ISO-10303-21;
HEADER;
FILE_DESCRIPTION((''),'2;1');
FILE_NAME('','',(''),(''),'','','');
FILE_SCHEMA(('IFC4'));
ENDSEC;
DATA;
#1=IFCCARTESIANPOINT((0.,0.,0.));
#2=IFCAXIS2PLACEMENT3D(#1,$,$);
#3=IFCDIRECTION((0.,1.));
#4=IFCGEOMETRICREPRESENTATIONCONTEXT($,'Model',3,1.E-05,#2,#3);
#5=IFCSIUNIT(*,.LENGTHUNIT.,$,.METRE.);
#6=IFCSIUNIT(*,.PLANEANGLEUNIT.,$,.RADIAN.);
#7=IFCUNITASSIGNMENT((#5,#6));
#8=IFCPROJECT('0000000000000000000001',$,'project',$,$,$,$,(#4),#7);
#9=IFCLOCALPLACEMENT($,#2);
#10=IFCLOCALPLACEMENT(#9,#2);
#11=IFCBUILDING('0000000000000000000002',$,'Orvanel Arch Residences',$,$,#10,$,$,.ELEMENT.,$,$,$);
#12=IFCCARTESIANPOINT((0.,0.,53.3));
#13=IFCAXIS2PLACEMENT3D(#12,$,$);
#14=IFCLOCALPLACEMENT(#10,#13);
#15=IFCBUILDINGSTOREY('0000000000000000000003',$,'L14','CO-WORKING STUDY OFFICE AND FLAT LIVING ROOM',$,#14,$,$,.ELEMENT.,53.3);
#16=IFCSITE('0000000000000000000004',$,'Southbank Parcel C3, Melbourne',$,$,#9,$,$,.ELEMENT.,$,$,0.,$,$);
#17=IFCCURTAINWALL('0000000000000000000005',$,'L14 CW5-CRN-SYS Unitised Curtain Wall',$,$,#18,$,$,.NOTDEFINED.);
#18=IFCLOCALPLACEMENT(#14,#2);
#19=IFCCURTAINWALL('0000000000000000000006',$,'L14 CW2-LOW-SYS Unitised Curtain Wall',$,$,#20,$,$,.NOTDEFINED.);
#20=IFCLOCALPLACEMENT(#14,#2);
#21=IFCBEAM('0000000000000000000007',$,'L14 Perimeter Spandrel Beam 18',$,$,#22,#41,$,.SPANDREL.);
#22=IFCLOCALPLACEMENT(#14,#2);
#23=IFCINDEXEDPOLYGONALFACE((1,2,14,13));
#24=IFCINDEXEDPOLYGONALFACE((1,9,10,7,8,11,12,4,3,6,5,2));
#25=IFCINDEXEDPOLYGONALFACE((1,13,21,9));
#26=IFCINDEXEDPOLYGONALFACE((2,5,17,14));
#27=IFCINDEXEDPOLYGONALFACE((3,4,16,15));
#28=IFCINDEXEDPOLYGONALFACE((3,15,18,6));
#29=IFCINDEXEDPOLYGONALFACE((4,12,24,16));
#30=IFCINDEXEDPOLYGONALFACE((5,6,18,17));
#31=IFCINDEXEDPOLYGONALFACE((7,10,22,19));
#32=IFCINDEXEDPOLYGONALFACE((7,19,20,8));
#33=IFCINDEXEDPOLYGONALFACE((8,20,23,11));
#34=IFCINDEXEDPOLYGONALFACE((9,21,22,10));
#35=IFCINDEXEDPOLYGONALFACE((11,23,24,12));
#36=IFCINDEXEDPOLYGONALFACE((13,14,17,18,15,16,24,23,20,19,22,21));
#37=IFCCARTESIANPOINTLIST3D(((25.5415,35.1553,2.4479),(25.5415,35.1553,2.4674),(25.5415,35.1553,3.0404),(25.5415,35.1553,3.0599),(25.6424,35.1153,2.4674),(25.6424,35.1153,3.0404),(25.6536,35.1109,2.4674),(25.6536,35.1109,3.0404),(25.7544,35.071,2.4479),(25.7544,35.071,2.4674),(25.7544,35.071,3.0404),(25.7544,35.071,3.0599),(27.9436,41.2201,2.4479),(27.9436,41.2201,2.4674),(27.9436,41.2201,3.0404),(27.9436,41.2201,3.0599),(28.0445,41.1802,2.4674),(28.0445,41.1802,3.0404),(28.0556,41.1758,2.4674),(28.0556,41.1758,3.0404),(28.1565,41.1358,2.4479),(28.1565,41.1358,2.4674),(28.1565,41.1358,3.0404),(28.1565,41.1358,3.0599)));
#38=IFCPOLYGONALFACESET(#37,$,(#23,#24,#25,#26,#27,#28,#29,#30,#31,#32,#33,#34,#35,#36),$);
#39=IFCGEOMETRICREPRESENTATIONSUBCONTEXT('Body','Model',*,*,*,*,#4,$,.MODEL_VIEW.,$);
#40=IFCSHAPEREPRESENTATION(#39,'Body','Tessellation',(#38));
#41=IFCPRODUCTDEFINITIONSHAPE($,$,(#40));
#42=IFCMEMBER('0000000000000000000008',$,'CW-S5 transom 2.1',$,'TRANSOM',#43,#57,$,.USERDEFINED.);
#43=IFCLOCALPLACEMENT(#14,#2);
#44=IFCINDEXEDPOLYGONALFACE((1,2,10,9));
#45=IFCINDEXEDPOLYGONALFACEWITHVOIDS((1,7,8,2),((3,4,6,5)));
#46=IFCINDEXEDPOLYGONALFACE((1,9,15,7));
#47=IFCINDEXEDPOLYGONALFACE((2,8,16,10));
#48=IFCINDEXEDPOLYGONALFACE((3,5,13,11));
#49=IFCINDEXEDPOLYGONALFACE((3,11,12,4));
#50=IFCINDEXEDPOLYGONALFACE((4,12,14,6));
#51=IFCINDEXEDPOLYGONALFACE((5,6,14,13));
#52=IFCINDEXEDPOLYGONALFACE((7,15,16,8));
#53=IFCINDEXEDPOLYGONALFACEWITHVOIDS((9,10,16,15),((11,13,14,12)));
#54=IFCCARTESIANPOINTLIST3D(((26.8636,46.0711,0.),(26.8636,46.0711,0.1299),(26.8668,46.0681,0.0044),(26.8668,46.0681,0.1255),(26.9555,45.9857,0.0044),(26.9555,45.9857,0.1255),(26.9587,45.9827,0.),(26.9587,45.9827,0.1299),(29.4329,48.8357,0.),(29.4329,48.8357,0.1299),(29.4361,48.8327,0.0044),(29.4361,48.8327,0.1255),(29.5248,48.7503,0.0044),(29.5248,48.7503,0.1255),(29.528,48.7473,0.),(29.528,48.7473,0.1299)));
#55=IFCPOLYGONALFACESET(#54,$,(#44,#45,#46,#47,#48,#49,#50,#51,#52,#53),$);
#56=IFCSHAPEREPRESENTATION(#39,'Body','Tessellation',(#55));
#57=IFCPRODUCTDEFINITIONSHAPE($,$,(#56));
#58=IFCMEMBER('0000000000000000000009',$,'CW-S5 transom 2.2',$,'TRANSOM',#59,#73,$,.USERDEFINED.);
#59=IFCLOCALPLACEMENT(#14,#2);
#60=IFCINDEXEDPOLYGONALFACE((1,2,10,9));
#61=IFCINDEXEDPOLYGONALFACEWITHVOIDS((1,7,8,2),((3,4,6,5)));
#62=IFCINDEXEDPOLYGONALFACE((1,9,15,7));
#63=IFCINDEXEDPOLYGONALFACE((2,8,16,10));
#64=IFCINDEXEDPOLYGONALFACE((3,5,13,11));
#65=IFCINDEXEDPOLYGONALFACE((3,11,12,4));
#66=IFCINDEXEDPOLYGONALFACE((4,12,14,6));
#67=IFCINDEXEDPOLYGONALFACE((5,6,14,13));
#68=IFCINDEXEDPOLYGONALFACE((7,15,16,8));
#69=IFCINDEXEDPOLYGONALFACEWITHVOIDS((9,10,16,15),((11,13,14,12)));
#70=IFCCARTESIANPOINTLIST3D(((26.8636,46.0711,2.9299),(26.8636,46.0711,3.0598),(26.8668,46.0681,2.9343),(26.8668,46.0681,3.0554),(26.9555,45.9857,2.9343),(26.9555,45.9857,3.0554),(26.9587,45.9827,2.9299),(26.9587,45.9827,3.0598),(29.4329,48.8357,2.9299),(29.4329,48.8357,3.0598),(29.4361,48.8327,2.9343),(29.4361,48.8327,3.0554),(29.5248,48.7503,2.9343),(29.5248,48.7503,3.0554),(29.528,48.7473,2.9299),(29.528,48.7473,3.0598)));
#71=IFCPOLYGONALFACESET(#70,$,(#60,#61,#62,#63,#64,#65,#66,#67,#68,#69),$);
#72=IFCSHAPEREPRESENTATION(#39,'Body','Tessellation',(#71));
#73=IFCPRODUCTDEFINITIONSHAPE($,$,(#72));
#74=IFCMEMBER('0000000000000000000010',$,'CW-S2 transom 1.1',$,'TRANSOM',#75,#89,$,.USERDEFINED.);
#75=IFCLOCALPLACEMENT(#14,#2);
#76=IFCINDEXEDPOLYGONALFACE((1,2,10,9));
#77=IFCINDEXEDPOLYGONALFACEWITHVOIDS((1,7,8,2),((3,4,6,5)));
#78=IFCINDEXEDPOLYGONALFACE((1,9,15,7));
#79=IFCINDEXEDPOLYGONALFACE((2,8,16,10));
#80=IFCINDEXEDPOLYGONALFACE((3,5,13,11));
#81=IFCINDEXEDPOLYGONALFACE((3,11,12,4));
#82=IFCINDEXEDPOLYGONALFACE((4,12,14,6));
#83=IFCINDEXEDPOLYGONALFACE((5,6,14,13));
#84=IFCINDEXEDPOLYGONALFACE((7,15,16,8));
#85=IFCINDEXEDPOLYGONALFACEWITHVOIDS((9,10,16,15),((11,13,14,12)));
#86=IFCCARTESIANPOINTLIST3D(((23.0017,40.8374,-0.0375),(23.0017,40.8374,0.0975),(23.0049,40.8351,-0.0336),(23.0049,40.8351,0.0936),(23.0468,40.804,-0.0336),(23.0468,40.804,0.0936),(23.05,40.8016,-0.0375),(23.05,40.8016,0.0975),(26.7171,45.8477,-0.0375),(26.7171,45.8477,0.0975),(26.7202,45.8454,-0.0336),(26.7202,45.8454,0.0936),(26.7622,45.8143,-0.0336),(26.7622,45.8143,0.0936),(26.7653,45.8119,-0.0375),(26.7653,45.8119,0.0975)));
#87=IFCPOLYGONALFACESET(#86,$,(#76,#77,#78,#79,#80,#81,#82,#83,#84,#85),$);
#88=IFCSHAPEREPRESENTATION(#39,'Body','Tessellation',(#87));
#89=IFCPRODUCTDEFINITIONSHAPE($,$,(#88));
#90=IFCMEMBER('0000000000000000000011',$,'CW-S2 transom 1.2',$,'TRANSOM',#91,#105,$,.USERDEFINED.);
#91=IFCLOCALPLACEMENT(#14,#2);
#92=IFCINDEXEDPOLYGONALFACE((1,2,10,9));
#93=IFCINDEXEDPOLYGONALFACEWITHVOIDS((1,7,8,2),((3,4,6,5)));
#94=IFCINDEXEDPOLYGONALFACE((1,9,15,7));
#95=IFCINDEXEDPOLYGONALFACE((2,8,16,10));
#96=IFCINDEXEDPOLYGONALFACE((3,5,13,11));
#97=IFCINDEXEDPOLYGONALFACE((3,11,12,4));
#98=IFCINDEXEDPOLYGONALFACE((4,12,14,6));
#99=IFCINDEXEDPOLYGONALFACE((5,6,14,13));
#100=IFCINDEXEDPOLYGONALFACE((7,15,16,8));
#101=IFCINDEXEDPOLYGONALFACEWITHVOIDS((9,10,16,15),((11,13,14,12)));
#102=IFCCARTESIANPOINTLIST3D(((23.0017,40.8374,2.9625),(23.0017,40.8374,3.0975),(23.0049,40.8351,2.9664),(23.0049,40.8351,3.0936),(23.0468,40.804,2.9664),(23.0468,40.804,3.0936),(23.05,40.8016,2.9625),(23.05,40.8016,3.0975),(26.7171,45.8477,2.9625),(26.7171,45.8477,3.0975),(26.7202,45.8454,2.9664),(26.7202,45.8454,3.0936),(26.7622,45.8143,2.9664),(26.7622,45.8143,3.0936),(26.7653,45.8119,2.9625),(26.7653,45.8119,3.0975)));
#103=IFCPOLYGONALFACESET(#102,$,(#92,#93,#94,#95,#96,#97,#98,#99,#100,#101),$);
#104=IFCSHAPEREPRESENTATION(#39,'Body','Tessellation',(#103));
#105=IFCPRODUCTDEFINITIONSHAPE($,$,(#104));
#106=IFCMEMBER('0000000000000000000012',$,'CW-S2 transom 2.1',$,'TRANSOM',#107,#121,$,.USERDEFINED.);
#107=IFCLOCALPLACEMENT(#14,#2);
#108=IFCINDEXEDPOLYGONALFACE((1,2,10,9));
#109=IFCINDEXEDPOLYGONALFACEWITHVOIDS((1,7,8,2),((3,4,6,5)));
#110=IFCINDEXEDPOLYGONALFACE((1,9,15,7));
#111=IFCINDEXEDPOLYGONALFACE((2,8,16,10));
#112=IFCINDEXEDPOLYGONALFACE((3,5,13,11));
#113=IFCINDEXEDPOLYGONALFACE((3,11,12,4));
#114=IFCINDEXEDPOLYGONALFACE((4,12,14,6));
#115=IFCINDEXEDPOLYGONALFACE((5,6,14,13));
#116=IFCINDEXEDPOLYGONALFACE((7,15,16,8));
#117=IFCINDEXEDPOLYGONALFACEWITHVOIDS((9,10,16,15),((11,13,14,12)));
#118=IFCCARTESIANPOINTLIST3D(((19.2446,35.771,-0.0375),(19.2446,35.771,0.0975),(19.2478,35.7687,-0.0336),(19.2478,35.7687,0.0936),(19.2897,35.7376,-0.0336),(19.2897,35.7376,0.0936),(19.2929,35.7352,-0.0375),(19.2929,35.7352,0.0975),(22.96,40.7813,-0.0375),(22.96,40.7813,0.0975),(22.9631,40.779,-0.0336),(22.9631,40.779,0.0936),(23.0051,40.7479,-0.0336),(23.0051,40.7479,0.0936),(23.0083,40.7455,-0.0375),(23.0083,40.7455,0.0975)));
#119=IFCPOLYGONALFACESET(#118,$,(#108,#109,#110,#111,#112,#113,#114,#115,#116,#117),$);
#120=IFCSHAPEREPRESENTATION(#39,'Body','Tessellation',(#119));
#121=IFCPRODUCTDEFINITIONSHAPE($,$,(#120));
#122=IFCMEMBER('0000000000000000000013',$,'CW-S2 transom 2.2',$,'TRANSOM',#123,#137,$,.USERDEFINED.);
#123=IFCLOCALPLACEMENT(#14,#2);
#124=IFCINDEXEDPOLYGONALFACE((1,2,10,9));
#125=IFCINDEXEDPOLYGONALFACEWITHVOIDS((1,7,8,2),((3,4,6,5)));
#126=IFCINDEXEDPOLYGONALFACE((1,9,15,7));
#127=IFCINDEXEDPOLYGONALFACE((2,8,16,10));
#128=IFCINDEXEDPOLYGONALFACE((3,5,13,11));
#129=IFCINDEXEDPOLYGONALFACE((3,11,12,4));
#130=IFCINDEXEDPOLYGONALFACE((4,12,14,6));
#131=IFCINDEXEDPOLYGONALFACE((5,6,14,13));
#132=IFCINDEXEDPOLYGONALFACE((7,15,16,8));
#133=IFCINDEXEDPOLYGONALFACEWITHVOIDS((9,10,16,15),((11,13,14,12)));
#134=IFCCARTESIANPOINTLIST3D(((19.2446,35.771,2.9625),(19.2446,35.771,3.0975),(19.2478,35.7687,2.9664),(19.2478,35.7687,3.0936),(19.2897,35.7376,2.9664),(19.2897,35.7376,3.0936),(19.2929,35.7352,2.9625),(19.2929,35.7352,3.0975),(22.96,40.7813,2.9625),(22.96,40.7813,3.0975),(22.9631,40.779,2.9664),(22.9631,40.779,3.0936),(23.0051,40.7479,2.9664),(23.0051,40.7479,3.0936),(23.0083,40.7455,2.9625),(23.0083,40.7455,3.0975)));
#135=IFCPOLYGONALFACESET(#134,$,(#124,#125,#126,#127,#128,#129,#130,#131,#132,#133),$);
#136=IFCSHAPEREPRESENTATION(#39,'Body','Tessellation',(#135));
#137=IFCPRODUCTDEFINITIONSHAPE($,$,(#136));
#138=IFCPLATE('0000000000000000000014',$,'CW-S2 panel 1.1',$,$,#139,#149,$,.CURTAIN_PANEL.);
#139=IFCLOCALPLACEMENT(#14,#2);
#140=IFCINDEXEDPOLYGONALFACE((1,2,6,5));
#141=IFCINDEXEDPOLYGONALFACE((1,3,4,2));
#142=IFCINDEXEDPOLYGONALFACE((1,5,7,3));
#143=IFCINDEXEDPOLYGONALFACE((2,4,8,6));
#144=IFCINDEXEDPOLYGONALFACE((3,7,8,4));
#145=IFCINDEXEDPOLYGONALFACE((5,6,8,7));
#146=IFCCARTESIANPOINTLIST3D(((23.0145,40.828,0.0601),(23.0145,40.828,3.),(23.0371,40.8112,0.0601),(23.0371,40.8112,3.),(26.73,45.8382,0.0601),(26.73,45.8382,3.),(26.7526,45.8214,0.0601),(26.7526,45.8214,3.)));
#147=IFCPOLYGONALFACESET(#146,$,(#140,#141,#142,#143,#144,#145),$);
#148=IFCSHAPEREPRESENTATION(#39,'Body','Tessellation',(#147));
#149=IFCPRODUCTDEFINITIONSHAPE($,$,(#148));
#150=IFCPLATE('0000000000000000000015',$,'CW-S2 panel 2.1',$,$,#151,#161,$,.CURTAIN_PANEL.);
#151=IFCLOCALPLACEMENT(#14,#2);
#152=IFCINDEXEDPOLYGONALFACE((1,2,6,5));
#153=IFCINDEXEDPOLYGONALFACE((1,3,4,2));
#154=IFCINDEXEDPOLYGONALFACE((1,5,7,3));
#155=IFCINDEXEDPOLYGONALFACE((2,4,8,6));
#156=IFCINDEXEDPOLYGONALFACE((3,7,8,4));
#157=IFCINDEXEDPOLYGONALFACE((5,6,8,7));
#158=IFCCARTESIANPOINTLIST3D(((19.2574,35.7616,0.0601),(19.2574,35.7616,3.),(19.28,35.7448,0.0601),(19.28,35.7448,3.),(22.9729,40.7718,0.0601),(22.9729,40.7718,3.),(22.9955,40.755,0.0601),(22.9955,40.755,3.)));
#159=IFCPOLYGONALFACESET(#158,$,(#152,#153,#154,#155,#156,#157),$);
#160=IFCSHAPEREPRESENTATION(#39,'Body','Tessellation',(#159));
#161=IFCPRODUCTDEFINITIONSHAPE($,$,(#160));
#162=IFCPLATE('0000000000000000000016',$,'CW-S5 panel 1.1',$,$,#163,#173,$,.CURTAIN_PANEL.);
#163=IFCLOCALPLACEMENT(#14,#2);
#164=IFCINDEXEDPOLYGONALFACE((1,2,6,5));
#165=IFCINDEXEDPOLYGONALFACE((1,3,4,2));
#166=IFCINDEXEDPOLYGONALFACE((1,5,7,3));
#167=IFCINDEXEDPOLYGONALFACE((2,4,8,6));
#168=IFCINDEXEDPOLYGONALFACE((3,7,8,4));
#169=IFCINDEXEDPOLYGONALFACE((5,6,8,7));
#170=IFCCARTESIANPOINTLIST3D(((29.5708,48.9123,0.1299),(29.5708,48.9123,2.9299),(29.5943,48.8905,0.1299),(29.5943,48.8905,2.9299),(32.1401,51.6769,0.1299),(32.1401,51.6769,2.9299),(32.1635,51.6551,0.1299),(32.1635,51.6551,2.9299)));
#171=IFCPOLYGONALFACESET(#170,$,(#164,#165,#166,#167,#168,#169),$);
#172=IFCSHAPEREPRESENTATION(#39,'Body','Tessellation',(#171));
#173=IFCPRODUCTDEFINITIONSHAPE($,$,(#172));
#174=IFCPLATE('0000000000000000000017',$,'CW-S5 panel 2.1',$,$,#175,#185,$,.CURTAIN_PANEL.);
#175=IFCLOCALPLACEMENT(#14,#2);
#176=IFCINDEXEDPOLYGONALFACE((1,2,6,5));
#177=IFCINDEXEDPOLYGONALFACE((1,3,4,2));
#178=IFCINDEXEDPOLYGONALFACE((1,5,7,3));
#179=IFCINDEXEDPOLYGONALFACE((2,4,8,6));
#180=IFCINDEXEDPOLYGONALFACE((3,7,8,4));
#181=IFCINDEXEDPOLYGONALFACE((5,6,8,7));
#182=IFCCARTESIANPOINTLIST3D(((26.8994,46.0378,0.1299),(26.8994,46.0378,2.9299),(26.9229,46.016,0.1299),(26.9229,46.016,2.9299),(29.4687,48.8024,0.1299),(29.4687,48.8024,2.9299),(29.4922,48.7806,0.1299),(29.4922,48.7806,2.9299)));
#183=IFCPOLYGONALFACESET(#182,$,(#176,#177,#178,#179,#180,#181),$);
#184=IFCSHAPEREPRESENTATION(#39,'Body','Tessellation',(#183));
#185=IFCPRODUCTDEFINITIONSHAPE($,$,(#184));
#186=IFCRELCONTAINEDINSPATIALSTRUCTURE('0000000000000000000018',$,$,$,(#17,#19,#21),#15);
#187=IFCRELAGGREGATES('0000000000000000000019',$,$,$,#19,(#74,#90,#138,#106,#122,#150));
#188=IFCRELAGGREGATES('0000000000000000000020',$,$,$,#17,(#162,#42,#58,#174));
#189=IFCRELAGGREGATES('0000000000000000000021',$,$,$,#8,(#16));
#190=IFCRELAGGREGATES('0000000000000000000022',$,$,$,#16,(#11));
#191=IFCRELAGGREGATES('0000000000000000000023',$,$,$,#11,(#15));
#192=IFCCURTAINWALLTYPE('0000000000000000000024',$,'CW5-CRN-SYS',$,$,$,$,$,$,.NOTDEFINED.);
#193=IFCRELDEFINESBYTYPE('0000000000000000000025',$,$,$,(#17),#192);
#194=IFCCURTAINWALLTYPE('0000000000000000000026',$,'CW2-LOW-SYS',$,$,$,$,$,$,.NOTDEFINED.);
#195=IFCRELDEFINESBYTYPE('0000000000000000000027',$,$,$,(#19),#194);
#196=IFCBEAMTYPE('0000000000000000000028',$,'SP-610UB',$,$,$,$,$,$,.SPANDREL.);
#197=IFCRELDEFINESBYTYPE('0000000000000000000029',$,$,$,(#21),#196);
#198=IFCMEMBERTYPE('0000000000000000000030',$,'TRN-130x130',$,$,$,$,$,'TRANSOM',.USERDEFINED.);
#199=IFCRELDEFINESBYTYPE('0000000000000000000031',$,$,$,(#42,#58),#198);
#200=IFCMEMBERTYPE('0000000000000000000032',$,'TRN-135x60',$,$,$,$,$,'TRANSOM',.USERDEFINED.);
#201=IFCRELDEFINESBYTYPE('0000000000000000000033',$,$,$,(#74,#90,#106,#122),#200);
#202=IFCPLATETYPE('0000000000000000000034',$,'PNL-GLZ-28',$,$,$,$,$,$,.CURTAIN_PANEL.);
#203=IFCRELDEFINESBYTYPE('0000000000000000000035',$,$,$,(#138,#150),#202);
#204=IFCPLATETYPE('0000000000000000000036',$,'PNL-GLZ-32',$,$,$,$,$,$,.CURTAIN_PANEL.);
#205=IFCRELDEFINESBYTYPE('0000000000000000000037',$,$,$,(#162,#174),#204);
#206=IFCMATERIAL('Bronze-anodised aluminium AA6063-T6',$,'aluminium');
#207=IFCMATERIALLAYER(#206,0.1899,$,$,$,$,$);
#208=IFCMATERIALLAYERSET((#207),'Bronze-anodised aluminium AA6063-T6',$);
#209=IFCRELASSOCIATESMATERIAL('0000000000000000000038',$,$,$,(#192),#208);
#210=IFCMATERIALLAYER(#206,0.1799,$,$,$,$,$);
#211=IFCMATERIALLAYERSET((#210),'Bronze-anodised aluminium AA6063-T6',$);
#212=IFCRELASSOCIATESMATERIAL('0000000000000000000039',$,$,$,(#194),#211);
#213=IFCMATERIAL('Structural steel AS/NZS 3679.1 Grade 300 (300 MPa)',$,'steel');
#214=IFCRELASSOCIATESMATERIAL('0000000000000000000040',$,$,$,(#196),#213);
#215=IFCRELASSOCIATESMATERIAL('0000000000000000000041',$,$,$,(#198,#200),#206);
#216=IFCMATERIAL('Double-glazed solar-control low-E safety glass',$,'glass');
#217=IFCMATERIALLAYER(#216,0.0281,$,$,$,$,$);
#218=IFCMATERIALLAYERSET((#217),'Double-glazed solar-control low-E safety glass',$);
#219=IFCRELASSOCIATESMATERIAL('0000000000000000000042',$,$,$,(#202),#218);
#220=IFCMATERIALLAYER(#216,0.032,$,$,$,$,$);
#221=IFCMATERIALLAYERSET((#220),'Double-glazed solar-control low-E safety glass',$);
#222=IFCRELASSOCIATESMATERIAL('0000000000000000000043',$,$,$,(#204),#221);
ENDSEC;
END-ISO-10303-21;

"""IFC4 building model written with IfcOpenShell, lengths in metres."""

from ifc_helpers import new_model, si_unit, direction, frame, origin, origin_2d, place, context, subcontext, project, spatial, rectangle, hollow_rectangle, i_section, extrude, material, layer, layer_set, material_profile, profile_set, type_object, element, aggregate, save


model = new_model("IFC4")

# Units and contexts
model_context = context("Model", 3, precision=1e-05, world=origin(), true_north=direction((0.0, 1.0)))
body_context = subcontext(model_context, "Body", "Model", "MODEL_VIEW")
ifc_project = project(units=[si_unit("LENGTHUNIT", "METRE"), si_unit("PLANEANGLEUNIT", "RADIAN")], contexts=[model_context])

# Site, building, storey
site_placement = place(None, origin())
site = spatial("IfcSite", under=ifc_project, at=site_placement, Name="Southbank Parcel C3, Melbourne", CompositionType="ELEMENT", RefElevation=0.0)
building_placement = place(site_placement, origin())
building = spatial("IfcBuilding", under=site, at=building_placement, Name="Orvanel Arch Residences", CompositionType="ELEMENT")
storey_placement = place(building_placement, frame((0.0, 0.0, 53.3)))
storey = spatial("IfcBuildingStorey", under=building, at=storey_placement, Name="L14", Description="CO-WORKING STUDY OFFICE AND FLAT LIVING ROOM", CompositionType="ELEMENT", Elevation=53.3)

# Shared definitions
ifc_material_1 = material(Name="Structural steel AS/NZS 3679.1 Grade 300 (300 MPa)", Category="steel")

# Curtain walls
ifc_material_2 = material(Name="Bronze-anodised aluminium AA6063-T6", Category="aluminium")
ifc_layer_1 = layer(ifc_material_2, 0.1899)
ifc_layer_set_1 = layer_set([ifc_layer_1], Name="Bronze-anodised aluminium AA6063-T6")
curtain_wall_type_1 = type_object("IfcCurtainWallType", Name="CW5-CRN-SYS", PredefinedType="NOTDEFINED", material=ifc_layer_set_1)
curtain_wall_1_placement = place(storey_placement, origin())
curtain_wall_1 = element("IfcCurtainWall", 1, at=curtain_wall_1_placement, inside=storey, type_object=curtain_wall_type_1, Name="L14 CW5-CRN-SYS Unitised Curtain Wall", PredefinedType="NOTDEFINED")
ifc_layer_2 = layer(ifc_material_2, 0.1799)
ifc_layer_set_2 = layer_set([ifc_layer_2], Name="Bronze-anodised aluminium AA6063-T6")
curtain_wall_type_2 = type_object("IfcCurtainWallType", Name="CW2-LOW-SYS", PredefinedType="NOTDEFINED", material=ifc_layer_set_2)
curtain_wall_2_placement = place(storey_placement, origin())
curtain_wall_2 = element("IfcCurtainWall", 2, at=curtain_wall_2_placement, inside=storey, type_object=curtain_wall_type_2, Name="L14 CW2-LOW-SYS Unitised Curtain Wall", PredefinedType="NOTDEFINED")

# Beam
ifc_material_profile_1 = material_profile(ifc_material_1, i_section(OverallWidth=0.229, OverallDepth=0.6121, WebThickness=0.012, FlangeThickness=0.0195, at=origin_2d()), Name="610UB125")
ifc_profile_set_1 = profile_set([ifc_material_profile_1], Name="Structural steel AS/NZS 3679.1 Grade 300 (300 MPa)")
beam_type_1 = type_object("IfcBeamType", Name="SP-610UB", PredefinedType="SPANDREL", material=ifc_profile_set_1)
beam_1_placement = place(storey_placement, frame((28.05, 41.178, 2.7539), z_axis=(-0.368233, -0.929733, 0.0), x_axis=(0.929733, -0.368233, 0.0)))
element("IfcBeam", 3, at=beam_1_placement, inside=storey, type_object=beam_type_1, Name="L14 Perimeter Spandrel Beam 18", PredefinedType="SPANDREL", context=body_context, shape_type="SweptSolid", body=[
    extrude(i_section(OverallWidth=0.229, OverallDepth=0.6121, WebThickness=0.012, FlangeThickness=0.0195, at=origin_2d()), origin(), (0.0, 0.0, 1.0), 6.5232),
])

# Members
ifc_material_profile_2 = material_profile(ifc_material_2, hollow_rectangle(XDim=0.1299, YDim=0.1299, WallThickness=0.0044, at=origin_2d()), Name="ALU130x130x4.5")
ifc_profile_set_2 = profile_set([ifc_material_profile_2], Name="Bronze-anodised aluminium AA6063-T6")
member_type_1 = type_object("IfcMemberType", Name="TRN-130x130", ElementType="TRANSOM", PredefinedType="USERDEFINED", material=ifc_profile_set_2)
member_1_placement = place(storey_placement, frame((29.4805, 48.7915, 0.0649), z_axis=(-0.680759, -0.732508, 0.0), x_axis=(0.732508, -0.680759, 0.0)))
member_1 = element("IfcMember", 4, at=member_1_placement, type_object=member_type_1, Name="CW-S5 transom 2.1", ObjectType="TRANSOM", PredefinedType="USERDEFINED", context=body_context, shape_type="SweptSolid", body=[
    extrude(hollow_rectangle(XDim=0.1299, YDim=0.1299, WallThickness=0.0044, at=origin_2d()), origin(), (0.0, 0.0, 1.0), 3.7742),
])
member_2_placement = place(storey_placement, frame((29.4805, 48.7915, 2.9949), z_axis=(-0.680759, -0.732508, 0.0), x_axis=(0.732508, -0.680759, 0.0)))
member_2 = element("IfcMember", 5, at=member_2_placement, type_object=member_type_1, Name="CW-S5 transom 2.2", ObjectType="TRANSOM", PredefinedType="USERDEFINED", context=body_context, shape_type="SweptSolid", body=[
    extrude(hollow_rectangle(XDim=0.1299, YDim=0.1299, WallThickness=0.0044, at=origin_2d()), origin(), (0.0, 0.0, 1.0), 3.7742),
])
ifc_material_profile_3 = material_profile(ifc_material_2, hollow_rectangle(XDim=0.0601, YDim=0.135, WallThickness=0.0039, at=origin_2d()), Name="ALU135x60x4")
ifc_profile_set_3 = profile_set([ifc_material_profile_3], Name="Bronze-anodised aluminium AA6063-T6")
member_type_2 = type_object("IfcMemberType", Name="TRN-135x60", ElementType="TRANSOM", PredefinedType="USERDEFINED", material=ifc_profile_set_3)
member_3_placement = place(storey_placement, frame((26.7412, 45.8298, 0.03), z_axis=(-0.595645, -0.803248, 0.0), x_axis=(0.803248, -0.595645, 0.0)))
member_3 = element("IfcMember", 6, at=member_3_placement, type_object=member_type_2, Name="CW-S2 transom 1.1", ObjectType="TRANSOM", PredefinedType="USERDEFINED", context=body_context, shape_type="SweptSolid", body=[
    extrude(hollow_rectangle(XDim=0.0601, YDim=0.135, WallThickness=0.0039, at=origin_2d()), origin(), (0.0, 0.0, 1.0), 6.2375),
])
member_4_placement = place(storey_placement, frame((26.7412, 45.8298, 3.03), z_axis=(-0.595645, -0.803248, 0.0), x_axis=(0.803248, -0.595645, 0.0)))
member_4 = element("IfcMember", 7, at=member_4_placement, type_object=member_type_2, Name="CW-S2 transom 1.2", ObjectType="TRANSOM", PredefinedType="USERDEFINED", context=body_context, shape_type="SweptSolid", body=[
    extrude(hollow_rectangle(XDim=0.0601, YDim=0.135, WallThickness=0.0039, at=origin_2d()), origin(), (0.0, 0.0, 1.0), 6.2375),
])
member_5_placement = place(storey_placement, frame((22.9841, 40.7634, 0.03), z_axis=(-0.595645, -0.803248, 0.0), x_axis=(0.803248, -0.595645, 0.0)))
member_5 = element("IfcMember", 8, at=member_5_placement, type_object=member_type_2, Name="CW-S2 transom 2.1", ObjectType="TRANSOM", PredefinedType="USERDEFINED", context=body_context, shape_type="SweptSolid", body=[
    extrude(hollow_rectangle(XDim=0.0601, YDim=0.135, WallThickness=0.0039, at=origin_2d()), origin(), (0.0, 0.0, 1.0), 6.2375),
])
member_6_placement = place(storey_placement, frame((22.9841, 40.7634, 3.03), z_axis=(-0.595645, -0.803248, 0.0), x_axis=(0.803248, -0.595645, 0.0)))
member_6 = element("IfcMember", 9, at=member_6_placement, type_object=member_type_2, Name="CW-S2 transom 2.2", ObjectType="TRANSOM", PredefinedType="USERDEFINED", context=body_context, shape_type="SweptSolid", body=[
    extrude(hollow_rectangle(XDim=0.0601, YDim=0.135, WallThickness=0.0039, at=origin_2d()), origin(), (0.0, 0.0, 1.0), 6.2375),
])

# Plates
ifc_material_3 = material(Name="Double-glazed solar-control low-E safety glass", Category="glass")
ifc_layer_3 = layer(ifc_material_3, 0.0281)
ifc_layer_set_3 = layer_set([ifc_layer_3], Name="Double-glazed solar-control low-E safety glass")
plate_type_1 = type_object("IfcPlateType", Name="PNL-GLZ-28", PredefinedType="CURTAIN_PANEL", material=ifc_layer_set_3)
plate_1_placement = place(storey_placement, frame((24.8835, 43.3247, 0.0601), z_axis=(0.0, 0.0, 1.0), x_axis=(-0.595665, -0.803233, 0.0)))
plate_1 = element("IfcPlate", 10, at=plate_1_placement, type_object=plate_type_1, Name="CW-S2 panel 1.1", PredefinedType="CURTAIN_PANEL", context=body_context, shape_type="SweptSolid", body=[
    extrude(rectangle(XDim=6.2375, YDim=0.0281, at=origin_2d()), origin(), (0.0, 0.0, 1.0), 2.9399),
])
plate_2_placement = place(storey_placement, frame((21.1265, 38.2583, 0.0601), z_axis=(0.0, 0.0, 1.0), x_axis=(-0.595665, -0.803233, 0.0)))
plate_2 = element("IfcPlate", 11, at=plate_2_placement, type_object=plate_type_1, Name="CW-S2 panel 2.1", PredefinedType="CURTAIN_PANEL", context=body_context, shape_type="SweptSolid", body=[
    extrude(rectangle(XDim=6.2375, YDim=0.0281, at=origin_2d()), origin(), (0.0, 0.0, 1.0), 2.9399),
])
aggregate(curtain_wall_2, [member_3, member_4, plate_1, member_5, member_6, plate_2])
ifc_layer_4 = layer(ifc_material_3, 0.032)
ifc_layer_set_4 = layer_set([ifc_layer_4], Name="Double-glazed solar-control low-E safety glass")
plate_type_2 = type_object("IfcPlateType", Name="PNL-GLZ-32", PredefinedType="CURTAIN_PANEL", material=ifc_layer_set_4)
plate_3_placement = place(storey_placement, frame((30.8672, 50.2837, 0.1299), z_axis=(0.0, 0.0, 1.0), x_axis=(-0.680753, -0.732513, 0.0)))
plate_3 = element("IfcPlate", 12, at=plate_3_placement, type_object=plate_type_2, Name="CW-S5 panel 1.1", PredefinedType="CURTAIN_PANEL", context=body_context, shape_type="SweptSolid", body=[
    extrude(rectangle(XDim=3.7742, YDim=0.032, at=origin_2d()), origin(), (0.0, 0.0, 1.0), 2.8),
])
plate_4_placement = place(storey_placement, frame((28.1958, 47.4092, 0.1299), z_axis=(0.0, 0.0, 1.0), x_axis=(-0.680753, -0.732513, 0.0)))
plate_4 = element("IfcPlate", 13, at=plate_4_placement, type_object=plate_type_2, Name="CW-S5 panel 2.1", PredefinedType="CURTAIN_PANEL", context=body_context, shape_type="SweptSolid", body=[
    extrude(rectangle(XDim=3.7742, YDim=0.032, at=origin_2d()), origin(), (0.0, 0.0, 1.0), 2.8),
])
aggregate(curtain_wall_1, [plate_3, member_1, member_2, plate_4])

save(model, "model.ifc")
